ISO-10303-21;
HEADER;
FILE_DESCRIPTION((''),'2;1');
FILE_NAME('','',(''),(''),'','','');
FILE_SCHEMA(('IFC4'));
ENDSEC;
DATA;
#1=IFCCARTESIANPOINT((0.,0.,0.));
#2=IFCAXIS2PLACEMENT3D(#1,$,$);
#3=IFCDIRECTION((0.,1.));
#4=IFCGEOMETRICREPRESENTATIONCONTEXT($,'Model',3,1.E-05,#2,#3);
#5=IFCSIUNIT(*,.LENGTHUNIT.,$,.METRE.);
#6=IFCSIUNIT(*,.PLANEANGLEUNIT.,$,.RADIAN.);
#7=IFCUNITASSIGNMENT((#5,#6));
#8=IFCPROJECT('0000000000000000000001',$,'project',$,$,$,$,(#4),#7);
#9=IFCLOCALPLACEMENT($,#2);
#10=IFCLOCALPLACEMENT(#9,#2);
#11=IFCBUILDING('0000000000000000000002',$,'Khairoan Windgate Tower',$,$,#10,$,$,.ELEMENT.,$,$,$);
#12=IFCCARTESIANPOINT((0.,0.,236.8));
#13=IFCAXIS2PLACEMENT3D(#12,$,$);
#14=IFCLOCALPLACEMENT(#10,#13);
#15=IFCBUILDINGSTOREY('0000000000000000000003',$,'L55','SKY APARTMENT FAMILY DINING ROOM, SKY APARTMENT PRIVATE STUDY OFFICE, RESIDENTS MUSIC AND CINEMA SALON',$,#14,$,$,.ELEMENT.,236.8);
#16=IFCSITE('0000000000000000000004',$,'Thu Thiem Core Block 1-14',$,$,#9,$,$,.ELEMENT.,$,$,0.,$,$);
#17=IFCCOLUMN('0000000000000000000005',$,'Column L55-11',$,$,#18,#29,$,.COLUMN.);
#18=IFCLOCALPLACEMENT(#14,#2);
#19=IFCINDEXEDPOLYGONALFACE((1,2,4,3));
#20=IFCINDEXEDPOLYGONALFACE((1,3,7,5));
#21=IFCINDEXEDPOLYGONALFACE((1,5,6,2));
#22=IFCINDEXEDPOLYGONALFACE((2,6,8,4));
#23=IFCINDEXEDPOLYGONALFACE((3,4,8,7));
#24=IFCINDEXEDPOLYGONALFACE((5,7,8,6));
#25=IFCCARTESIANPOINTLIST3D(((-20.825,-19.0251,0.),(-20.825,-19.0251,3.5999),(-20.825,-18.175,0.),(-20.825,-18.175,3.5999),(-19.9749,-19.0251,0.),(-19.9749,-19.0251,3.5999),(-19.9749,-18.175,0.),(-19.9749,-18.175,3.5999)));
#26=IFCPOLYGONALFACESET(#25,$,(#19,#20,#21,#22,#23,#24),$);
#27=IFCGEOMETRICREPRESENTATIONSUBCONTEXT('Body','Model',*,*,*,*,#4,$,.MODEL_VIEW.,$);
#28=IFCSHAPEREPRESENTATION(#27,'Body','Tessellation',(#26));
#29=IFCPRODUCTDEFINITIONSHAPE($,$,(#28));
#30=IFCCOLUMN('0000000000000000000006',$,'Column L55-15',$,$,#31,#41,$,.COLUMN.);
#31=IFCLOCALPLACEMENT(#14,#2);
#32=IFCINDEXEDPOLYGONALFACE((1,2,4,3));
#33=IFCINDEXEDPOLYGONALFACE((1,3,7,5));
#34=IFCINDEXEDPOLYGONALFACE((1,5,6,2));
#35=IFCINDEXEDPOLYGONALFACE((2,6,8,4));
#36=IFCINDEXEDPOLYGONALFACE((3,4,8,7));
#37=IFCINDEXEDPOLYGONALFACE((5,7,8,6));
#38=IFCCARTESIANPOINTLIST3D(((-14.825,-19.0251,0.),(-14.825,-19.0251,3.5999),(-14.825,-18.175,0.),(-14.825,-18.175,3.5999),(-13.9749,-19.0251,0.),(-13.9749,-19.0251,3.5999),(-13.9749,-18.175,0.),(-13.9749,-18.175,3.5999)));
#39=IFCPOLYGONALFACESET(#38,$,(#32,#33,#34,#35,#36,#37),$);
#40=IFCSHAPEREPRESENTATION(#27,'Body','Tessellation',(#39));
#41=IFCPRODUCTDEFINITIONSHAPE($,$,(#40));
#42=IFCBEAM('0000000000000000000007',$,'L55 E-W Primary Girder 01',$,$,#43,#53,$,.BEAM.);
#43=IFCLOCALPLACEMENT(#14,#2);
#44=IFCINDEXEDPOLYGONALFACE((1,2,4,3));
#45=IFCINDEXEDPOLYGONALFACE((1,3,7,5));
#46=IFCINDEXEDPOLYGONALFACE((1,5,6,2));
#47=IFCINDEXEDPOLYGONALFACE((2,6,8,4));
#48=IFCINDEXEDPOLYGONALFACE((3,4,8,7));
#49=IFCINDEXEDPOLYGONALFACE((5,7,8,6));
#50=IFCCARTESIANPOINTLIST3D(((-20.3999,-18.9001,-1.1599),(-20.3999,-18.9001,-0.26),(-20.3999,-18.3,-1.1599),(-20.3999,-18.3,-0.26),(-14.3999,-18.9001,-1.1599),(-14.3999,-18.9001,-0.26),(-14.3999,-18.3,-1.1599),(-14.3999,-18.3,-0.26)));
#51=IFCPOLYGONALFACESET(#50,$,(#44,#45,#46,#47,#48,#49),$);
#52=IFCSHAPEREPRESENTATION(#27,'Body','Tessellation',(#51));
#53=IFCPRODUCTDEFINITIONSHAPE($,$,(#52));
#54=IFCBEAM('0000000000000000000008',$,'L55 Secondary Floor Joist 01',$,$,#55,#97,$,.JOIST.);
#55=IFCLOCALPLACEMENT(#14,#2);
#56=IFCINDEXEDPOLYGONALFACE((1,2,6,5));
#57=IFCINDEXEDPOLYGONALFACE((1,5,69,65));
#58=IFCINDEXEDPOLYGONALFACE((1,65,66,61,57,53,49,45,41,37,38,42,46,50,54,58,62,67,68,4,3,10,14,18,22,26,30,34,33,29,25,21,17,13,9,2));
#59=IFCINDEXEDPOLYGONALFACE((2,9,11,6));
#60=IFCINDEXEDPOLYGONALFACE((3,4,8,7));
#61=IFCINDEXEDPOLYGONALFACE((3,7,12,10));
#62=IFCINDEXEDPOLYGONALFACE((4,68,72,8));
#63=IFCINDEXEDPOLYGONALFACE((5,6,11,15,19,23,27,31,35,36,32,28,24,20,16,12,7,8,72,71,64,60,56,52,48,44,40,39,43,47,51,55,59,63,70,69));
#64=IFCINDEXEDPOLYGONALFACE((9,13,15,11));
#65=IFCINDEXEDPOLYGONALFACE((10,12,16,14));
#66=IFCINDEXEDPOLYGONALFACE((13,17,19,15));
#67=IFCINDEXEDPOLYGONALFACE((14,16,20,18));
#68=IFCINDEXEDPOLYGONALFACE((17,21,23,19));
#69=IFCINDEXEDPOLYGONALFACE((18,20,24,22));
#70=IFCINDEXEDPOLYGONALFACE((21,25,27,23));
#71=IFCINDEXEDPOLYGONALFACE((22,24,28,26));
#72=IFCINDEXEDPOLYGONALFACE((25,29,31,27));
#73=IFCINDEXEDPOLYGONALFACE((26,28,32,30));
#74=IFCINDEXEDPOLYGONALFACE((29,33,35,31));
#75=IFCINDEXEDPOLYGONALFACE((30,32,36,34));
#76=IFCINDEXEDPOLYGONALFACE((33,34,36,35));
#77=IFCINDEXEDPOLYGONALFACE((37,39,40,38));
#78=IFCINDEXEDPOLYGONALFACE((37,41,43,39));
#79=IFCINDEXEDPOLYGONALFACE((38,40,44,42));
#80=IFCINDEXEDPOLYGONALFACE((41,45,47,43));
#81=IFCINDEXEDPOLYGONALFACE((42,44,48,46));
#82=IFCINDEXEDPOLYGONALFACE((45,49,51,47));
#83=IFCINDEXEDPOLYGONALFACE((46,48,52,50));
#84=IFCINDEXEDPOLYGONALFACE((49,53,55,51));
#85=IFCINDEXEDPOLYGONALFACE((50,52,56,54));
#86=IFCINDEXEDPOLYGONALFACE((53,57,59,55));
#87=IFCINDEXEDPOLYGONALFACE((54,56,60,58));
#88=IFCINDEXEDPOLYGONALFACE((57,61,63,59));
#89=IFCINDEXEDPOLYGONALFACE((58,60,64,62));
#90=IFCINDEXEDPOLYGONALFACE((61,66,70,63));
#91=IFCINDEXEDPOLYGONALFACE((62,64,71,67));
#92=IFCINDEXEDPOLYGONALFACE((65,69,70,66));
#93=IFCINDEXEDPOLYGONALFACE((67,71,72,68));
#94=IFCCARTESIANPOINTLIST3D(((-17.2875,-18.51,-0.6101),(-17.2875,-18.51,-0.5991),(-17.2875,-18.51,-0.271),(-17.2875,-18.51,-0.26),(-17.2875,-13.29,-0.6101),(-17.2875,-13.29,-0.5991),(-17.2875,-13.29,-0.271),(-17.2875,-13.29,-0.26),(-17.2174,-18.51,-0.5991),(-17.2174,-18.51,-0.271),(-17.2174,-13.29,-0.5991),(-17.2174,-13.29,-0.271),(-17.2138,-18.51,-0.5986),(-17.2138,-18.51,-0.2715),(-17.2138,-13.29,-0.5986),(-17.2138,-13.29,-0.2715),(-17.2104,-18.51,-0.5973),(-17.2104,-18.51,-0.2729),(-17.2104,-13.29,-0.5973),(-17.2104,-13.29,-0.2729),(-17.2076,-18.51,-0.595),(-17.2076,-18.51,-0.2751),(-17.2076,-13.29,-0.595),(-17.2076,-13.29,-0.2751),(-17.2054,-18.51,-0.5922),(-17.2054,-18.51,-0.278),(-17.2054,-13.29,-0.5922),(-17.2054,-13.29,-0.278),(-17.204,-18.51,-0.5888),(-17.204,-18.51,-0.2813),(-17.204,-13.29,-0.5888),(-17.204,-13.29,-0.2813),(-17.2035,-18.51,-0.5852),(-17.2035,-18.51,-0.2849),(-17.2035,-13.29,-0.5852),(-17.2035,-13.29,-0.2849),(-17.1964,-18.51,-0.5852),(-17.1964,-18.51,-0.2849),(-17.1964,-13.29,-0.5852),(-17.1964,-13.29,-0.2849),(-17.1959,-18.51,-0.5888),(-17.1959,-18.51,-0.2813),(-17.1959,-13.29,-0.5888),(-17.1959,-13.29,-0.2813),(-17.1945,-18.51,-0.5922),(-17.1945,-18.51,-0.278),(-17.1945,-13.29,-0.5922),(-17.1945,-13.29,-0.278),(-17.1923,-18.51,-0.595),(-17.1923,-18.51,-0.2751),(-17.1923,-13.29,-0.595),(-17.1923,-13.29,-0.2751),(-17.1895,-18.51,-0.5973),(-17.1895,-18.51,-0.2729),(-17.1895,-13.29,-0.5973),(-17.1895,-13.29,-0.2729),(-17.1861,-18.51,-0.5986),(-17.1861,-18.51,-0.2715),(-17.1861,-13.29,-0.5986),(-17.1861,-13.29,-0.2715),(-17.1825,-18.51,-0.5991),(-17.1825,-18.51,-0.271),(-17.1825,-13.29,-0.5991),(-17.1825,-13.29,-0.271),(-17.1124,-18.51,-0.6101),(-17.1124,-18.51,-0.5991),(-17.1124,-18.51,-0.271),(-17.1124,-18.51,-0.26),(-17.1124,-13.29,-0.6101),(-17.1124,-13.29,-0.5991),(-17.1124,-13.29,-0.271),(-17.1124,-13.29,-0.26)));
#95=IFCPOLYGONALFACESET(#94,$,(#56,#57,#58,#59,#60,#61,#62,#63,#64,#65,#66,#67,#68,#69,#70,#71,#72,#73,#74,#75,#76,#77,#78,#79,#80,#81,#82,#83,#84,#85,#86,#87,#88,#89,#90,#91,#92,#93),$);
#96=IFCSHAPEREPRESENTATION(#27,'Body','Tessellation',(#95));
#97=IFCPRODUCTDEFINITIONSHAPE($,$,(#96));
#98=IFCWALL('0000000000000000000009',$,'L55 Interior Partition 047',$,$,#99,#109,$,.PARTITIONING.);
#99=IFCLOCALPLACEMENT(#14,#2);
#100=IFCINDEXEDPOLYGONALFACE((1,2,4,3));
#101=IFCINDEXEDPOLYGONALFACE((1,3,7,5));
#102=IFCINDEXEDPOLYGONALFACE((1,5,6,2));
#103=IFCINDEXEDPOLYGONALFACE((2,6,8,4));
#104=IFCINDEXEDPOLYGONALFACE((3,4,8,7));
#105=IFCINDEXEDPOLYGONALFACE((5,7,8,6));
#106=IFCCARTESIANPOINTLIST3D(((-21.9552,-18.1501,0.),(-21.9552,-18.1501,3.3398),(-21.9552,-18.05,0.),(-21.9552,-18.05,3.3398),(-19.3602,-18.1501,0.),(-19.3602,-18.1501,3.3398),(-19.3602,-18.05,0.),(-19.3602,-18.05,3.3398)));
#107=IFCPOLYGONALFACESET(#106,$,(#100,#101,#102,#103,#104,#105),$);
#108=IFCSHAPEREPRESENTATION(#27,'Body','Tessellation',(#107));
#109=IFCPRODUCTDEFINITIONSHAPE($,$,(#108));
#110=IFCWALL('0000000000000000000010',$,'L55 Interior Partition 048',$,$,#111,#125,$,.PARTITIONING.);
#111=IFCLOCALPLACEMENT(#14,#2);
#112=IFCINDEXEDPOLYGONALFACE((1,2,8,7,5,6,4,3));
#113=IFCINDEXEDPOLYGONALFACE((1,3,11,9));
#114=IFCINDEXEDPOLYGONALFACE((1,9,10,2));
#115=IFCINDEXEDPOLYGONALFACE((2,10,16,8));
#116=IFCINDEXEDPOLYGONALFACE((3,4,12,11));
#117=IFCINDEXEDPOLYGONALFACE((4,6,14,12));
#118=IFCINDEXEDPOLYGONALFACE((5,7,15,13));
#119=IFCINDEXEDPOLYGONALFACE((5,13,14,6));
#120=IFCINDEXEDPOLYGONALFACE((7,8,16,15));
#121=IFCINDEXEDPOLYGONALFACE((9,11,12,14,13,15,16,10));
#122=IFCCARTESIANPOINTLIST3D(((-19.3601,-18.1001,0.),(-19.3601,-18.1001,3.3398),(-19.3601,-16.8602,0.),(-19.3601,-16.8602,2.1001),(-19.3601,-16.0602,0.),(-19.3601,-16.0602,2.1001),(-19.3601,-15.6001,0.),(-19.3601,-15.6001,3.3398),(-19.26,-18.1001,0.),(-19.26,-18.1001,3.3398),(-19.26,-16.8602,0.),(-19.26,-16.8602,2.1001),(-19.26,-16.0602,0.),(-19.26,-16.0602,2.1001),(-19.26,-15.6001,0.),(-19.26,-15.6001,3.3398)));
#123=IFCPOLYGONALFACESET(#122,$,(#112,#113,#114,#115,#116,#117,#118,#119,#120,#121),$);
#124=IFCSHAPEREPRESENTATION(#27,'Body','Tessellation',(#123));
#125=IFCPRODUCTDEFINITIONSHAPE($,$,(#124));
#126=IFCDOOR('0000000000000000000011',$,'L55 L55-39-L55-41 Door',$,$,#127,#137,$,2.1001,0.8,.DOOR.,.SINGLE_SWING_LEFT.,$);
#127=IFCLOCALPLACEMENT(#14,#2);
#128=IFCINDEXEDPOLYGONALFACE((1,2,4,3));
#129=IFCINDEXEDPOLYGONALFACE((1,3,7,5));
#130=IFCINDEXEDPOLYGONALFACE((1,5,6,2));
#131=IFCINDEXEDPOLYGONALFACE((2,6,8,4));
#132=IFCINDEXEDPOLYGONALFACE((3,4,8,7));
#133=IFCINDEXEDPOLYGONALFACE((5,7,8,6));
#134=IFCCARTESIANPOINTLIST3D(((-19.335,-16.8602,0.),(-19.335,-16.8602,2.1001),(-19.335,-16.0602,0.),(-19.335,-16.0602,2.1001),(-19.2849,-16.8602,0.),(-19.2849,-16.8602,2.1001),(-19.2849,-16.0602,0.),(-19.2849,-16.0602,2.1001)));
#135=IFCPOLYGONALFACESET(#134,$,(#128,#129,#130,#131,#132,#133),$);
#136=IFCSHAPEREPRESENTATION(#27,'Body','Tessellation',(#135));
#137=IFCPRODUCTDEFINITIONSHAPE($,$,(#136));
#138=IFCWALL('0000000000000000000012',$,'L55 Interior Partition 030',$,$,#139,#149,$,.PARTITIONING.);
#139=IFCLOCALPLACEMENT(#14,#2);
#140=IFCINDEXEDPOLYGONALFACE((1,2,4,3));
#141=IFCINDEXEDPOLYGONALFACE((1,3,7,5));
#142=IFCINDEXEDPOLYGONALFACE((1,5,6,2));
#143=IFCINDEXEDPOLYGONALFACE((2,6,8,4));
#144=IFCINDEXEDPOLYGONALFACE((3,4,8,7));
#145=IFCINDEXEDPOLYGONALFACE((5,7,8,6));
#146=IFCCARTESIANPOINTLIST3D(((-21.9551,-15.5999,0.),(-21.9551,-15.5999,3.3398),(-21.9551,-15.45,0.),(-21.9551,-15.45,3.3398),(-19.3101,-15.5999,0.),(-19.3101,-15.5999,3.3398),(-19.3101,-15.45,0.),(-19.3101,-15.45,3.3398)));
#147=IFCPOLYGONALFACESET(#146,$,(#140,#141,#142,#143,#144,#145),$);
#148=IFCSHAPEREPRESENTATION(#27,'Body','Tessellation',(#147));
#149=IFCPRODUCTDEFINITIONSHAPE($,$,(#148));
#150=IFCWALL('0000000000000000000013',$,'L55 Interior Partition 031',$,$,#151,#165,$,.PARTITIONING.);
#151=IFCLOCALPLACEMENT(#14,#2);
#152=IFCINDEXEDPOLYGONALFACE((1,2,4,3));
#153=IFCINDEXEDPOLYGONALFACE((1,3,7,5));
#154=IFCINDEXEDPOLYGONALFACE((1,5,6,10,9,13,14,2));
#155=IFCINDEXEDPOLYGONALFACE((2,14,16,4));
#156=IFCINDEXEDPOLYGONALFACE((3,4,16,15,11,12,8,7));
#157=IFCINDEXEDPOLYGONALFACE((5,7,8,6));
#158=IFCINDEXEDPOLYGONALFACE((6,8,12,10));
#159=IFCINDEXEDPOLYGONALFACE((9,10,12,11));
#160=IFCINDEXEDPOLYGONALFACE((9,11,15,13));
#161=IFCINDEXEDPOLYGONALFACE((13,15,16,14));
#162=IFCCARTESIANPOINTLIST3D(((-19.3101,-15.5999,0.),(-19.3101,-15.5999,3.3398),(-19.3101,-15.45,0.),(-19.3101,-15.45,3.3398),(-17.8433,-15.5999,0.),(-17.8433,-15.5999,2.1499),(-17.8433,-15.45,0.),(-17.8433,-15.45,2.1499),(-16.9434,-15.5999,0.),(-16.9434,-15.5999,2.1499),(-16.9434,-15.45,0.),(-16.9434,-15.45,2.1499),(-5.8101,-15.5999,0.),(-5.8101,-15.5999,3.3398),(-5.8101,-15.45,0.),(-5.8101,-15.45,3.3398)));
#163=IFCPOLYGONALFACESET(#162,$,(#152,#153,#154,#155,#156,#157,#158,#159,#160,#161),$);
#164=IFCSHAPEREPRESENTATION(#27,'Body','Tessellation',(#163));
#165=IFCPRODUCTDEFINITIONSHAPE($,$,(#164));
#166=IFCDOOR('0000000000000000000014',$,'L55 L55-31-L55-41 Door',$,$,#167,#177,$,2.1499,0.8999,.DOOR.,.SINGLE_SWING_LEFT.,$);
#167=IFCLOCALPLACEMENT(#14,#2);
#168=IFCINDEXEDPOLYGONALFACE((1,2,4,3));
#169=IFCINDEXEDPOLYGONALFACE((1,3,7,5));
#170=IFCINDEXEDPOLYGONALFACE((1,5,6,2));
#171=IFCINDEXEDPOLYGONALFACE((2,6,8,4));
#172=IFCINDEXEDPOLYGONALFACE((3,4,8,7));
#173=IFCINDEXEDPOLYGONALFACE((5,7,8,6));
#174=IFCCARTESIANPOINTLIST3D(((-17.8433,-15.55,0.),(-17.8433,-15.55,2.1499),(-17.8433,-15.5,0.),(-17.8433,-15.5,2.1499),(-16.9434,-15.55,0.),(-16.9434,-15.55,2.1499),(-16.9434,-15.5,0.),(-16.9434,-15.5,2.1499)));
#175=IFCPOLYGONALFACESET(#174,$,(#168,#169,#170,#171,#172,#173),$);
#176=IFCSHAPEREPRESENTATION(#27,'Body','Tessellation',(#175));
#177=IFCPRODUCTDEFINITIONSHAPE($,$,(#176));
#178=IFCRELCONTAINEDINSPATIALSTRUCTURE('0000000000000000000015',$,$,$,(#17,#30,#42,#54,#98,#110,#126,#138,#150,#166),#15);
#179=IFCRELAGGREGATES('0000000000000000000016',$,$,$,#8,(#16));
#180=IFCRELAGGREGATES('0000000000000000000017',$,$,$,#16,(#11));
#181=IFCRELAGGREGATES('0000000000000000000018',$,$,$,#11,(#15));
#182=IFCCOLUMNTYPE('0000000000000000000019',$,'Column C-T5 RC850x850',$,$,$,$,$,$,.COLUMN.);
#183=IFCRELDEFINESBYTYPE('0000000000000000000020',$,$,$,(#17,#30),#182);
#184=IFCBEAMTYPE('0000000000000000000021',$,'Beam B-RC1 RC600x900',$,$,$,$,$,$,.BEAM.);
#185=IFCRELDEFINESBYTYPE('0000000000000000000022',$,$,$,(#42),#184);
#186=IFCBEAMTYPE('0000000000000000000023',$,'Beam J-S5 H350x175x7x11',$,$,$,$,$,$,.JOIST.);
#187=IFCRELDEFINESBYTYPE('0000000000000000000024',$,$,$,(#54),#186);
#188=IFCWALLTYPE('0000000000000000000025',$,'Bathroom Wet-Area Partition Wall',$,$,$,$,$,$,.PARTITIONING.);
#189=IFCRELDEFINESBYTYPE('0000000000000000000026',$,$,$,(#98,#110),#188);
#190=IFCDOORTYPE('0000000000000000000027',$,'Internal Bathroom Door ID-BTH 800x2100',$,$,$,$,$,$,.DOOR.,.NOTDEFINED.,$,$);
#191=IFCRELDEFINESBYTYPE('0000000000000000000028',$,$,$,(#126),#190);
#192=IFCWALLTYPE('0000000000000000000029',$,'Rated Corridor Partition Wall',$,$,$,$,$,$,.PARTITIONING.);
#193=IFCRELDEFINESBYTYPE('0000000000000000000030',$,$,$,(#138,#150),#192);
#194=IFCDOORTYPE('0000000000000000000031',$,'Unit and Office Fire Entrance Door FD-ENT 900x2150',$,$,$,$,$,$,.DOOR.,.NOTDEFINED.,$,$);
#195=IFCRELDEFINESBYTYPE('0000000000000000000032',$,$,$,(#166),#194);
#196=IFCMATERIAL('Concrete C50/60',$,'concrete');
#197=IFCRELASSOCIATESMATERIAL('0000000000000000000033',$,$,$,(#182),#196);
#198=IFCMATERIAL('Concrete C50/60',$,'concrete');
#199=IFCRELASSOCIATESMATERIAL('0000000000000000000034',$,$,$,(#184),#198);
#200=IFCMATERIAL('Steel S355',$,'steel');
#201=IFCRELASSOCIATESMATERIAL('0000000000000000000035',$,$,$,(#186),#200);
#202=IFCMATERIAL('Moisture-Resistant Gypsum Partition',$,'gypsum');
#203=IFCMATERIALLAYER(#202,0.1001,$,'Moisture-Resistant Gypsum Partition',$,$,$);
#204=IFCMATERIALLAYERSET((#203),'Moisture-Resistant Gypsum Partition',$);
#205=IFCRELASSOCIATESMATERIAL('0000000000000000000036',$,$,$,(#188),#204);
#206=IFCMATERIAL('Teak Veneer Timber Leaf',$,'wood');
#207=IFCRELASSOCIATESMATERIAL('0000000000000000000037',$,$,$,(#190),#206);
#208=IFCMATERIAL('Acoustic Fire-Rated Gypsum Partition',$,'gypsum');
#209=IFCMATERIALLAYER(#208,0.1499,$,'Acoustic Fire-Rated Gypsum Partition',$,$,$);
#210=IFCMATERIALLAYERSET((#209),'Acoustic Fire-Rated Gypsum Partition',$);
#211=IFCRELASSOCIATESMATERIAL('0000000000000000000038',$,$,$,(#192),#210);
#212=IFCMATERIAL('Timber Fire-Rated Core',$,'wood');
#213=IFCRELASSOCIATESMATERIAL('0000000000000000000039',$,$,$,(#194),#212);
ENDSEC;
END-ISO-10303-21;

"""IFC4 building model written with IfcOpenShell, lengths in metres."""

from ifc_helpers import new_model, si_unit, direction, frame, frame_2d, origin, origin_2d, place, context, subcontext, project, spatial, rectangle, i_section, extrude, material, layer, layer_set, material_profile, profile_set, type_object, element, fill, save


model = new_model("IFC4")

# Units and contexts
model_context = context("Model", 3, precision=1e-05, world=origin(), true_north=direction((0.0, 1.0)))
body_context = subcontext(model_context, "Body", "Model", "MODEL_VIEW")
ifc_project = project(units=[si_unit("LENGTHUNIT", "METRE"), si_unit("PLANEANGLEUNIT", "RADIAN")], contexts=[model_context])

# Site, building, storey
site_placement = place(None, origin())
site = spatial("IfcSite", under=ifc_project, at=site_placement, Name="Thu Thiem Core Block 1-14", CompositionType="ELEMENT", RefElevation=0.0)
building_placement = place(site_placement, origin())
building = spatial("IfcBuilding", under=site, at=building_placement, Name="Khairoan Windgate Tower", CompositionType="ELEMENT")
storey_placement = place(building_placement, frame((0.0, 0.0, 236.8)))
storey = spatial("IfcBuildingStorey", under=building, at=storey_placement, Name="L55", Description="SKY APARTMENT FAMILY DINING ROOM, SKY APARTMENT PRIVATE STUDY OFFICE, RESIDENTS MUSIC AND CINEMA SALON", CompositionType="ELEMENT", Elevation=236.8)

# Columns
ifc_material_1 = material(Name="Concrete C50/60", Category="concrete")
ifc_material_profile_1 = material_profile(ifc_material_1, rectangle(XDim=0.8501, YDim=0.8501, at=origin_2d()))
ifc_profile_set_1 = profile_set([ifc_material_profile_1], Name="Concrete C50/60")
column_type = type_object("IfcColumnType", Name="Column C-T5 RC850x850", PredefinedType="COLUMN", material=ifc_profile_set_1)
for number, where, z_axis, x_axis, name in (
    (1, (-20.3999, -18.6001, 0.0), (0.0, 0.0, 1.0), (1.0, 0.0, 0.0), "Column L55-11"),
    (2, (-14.3999, -18.6001, 0.0), (0.0, 0.0, 1.0), (1.0, 0.0, 0.0), "Column L55-15"),
):
    element("IfcColumn", number, at=place(storey_placement, frame(where, z_axis=z_axis, x_axis=x_axis)), inside=storey, type_object=column_type, Name=name, PredefinedType="COLUMN", context=body_context, shape_type="SweptSolid", body=[
        extrude(rectangle(XDim=0.8501, YDim=0.8501, at=origin_2d()), origin(), (0.0, 0.0, 1.0), 3.5999),
    ])

# Beams
ifc_material_2 = material(Name="Concrete C50/60", Category="concrete")
ifc_material_profile_2 = material_profile(ifc_material_2, rectangle(XDim=0.6001, YDim=0.8999, at=origin_2d()))
ifc_profile_set_2 = profile_set([ifc_material_profile_2], Name="Concrete C50/60")
beam_type_1 = type_object("IfcBeamType", Name="Beam B-RC1 RC600x900", PredefinedType="BEAM", material=ifc_profile_set_2)
beam_1_placement = place(storey_placement, frame((-20.3999, -18.6001, -0.71), z_axis=(1.0, 0.0, 0.0), x_axis=(0.0, 1.0, 0.0)))
element("IfcBeam", 3, at=beam_1_placement, inside=storey, type_object=beam_type_1, Name="L55 E-W Primary Girder 01", PredefinedType="BEAM", context=body_context, shape_type="SweptSolid", body=[
    extrude(rectangle(XDim=0.6001, YDim=0.8999, at=origin_2d()), origin(), (0.0, 0.0, 1.0), 6.0),
])
ifc_material_3 = material(Name="Steel S355", Category="steel")
ifc_material_profile_3 = material_profile(ifc_material_3, i_section(OverallWidth=0.175, OverallDepth=0.3501, WebThickness=0.0071, FlangeThickness=0.011, FilletRadius=0.0139, at=origin_2d()))
ifc_profile_set_3 = profile_set([ifc_material_profile_3], Name="Steel S355")
beam_type_2 = type_object("IfcBeamType", Name="Beam J-S5 H350x175x7x11", PredefinedType="JOIST", material=ifc_profile_set_3)
beam_2_placement = place(storey_placement, frame((-17.2, -18.51, -0.4351), z_axis=(0.0, 1.0, 0.0), x_axis=(-1.0, 0.0, 0.0)))
element("IfcBeam", 4, at=beam_2_placement, inside=storey, type_object=beam_type_2, Name="L55 Secondary Floor Joist 01", PredefinedType="JOIST", context=body_context, shape_type="SweptSolid", body=[
    extrude(i_section(OverallWidth=0.175, OverallDepth=0.3501, WebThickness=0.0071, FlangeThickness=0.011, FilletRadius=0.0139, at=origin_2d()), origin(), (0.0, 0.0, 1.0), 5.22),
])

# Wall
ifc_material_4 = material(Name="Moisture-Resistant Gypsum Partition", Category="gypsum")
ifc_layer_1 = layer(ifc_material_4, 0.1001, Name="Moisture-Resistant Gypsum Partition")
ifc_layer_set_1 = layer_set([ifc_layer_1], Name="Moisture-Resistant Gypsum Partition")
wall_type_1 = type_object("IfcWallType", Name="Bathroom Wet-Area Partition Wall", PredefinedType="PARTITIONING", material=ifc_layer_set_1)
wall_1_placement = place(storey_placement, frame((-21.9551, -18.1001, 0.0), z_axis=(0.0, 0.0, 1.0), x_axis=(1.0, 0.0, 0.0)))
element("IfcWall", 5, at=wall_1_placement, inside=storey, type_object=wall_type_1, Name="L55 Interior Partition 047", PredefinedType="PARTITIONING", context=body_context, shape_type="SweptSolid", body=[
    extrude(rectangle(XDim=2.595, YDim=0.1001, at=frame_2d((1.2974, 0.0))), origin(), (0.0, 0.0, 1.0), 3.3398),
])

# Wall, opening, door
wall_2_placement = place(storey_placement, frame((-19.3101, -18.1001, 0.0), z_axis=(0.0, 0.0, 1.0), x_axis=(0.0, 1.0, 0.0)))
wall_2 = element("IfcWall", 6, at=wall_2_placement, inside=storey, type_object=wall_type_1, Name="L55 Interior Partition 048", PredefinedType="PARTITIONING", context=body_context, shape_type="SweptSolid", body=[
    extrude(rectangle(XDim=2.5, YDim=0.1001, at=frame_2d((1.25, 0.0))), origin(), (0.0, 0.0, 1.0), 3.3398),
])
opening_1_placement = place(wall_2_placement, frame((1.24, 0.0, 0.0)))
opening_1 = element("IfcOpeningElement", 7, at=opening_1_placement, cuts=wall_2, PredefinedType="OPENING", context=body_context, shape_type="SweptSolid", body=[
    extrude(rectangle(XDim=0.8, YDim=2.1001, at=frame_2d((0.3999, 1.05))), frame((0.0, 0.0601, 0.0), z_axis=(0.0, -1.0, 0.0), x_axis=(1.0, 0.0, 0.0)), (0.0, 0.0, 1.0), 0.1201),
])
ifc_material_5 = material(Name="Teak Veneer Timber Leaf", Category="wood")
door_type_1 = type_object("IfcDoorType", Name="Internal Bathroom Door ID-BTH 800x2100", OperationType="NOTDEFINED", PredefinedType="DOOR", material=ifc_material_5)
door_1_placement = place(opening_1_placement, origin())
door_1 = element("IfcDoor", 8, at=door_1_placement, inside=storey, type_object=door_type_1, Name="L55 L55-39-L55-41 Door", OperationType="SINGLE_SWING_LEFT", OverallHeight=2.1001, OverallWidth=0.8, PredefinedType="DOOR", context=body_context, shape_type="SweptSolid", body=[
    extrude(rectangle(XDim=0.8, YDim=2.1001, at=frame_2d((0.3999, 1.05))), frame((0.0, 0.0249, 0.0), z_axis=(0.0, -1.0, 0.0), x_axis=(1.0, 0.0, 0.0)), (0.0, 0.0, 1.0), 0.05),
])
fill(opening_1, door_1)

# Wall
ifc_material_6 = material(Name="Acoustic Fire-Rated Gypsum Partition", Category="gypsum")
ifc_layer_2 = layer(ifc_material_6, 0.1499, Name="Acoustic Fire-Rated Gypsum Partition")
ifc_layer_set_2 = layer_set([ifc_layer_2], Name="Acoustic Fire-Rated Gypsum Partition")
wall_type_2 = type_object("IfcWallType", Name="Rated Corridor Partition Wall", PredefinedType="PARTITIONING", material=ifc_layer_set_2)
wall_3_placement = place(storey_placement, frame((-21.9551, -15.5249, 0.0), z_axis=(0.0, 0.0, 1.0), x_axis=(1.0, 0.0, 0.0)))
element("IfcWall", 9, at=wall_3_placement, inside=storey, type_object=wall_type_2, Name="L55 Interior Partition 030", PredefinedType="PARTITIONING", context=body_context, shape_type="SweptSolid", body=[
    extrude(rectangle(XDim=2.645, YDim=0.1499, at=frame_2d((1.3225, 0.0))), origin(), (0.0, 0.0, 1.0), 3.3398),
])

# Wall, opening, door
wall_4_placement = place(storey_placement, frame((-19.3101, -15.5249, 0.0), z_axis=(0.0, 0.0, 1.0), x_axis=(1.0, 0.0, 0.0)))
wall_4 = element("IfcWall", 10, at=wall_4_placement, inside=storey, type_object=wall_type_2, Name="L55 Interior Partition 031", PredefinedType="PARTITIONING", context=body_context, shape_type="SweptSolid", body=[
    extrude(rectangle(XDim=13.5, YDim=0.1499, at=frame_2d((6.75, 0.0))), origin(), (0.0, 0.0, 1.0), 3.3398),
])
opening_2_placement = place(wall_4_placement, frame((1.4668, 0.0, 0.0)))
opening_2 = element("IfcOpeningElement", 11, at=opening_2_placement, cuts=wall_4, PredefinedType="OPENING", context=body_context, shape_type="SweptSolid", body=[
    extrude(rectangle(XDim=0.8999, YDim=2.1499, at=frame_2d((0.45, 1.075))), frame((0.0, 0.085, 0.0), z_axis=(0.0, -1.0, 0.0), x_axis=(1.0, 0.0, 0.0)), (0.0, 0.0, 1.0), 0.1699),
])
ifc_material_7 = material(Name="Timber Fire-Rated Core", Category="wood")
door_type_2 = type_object("IfcDoorType", Name="Unit and Office Fire Entrance Door FD-ENT 900x2150", OperationType="NOTDEFINED", PredefinedType="DOOR", material=ifc_material_7)
door_2_placement = place(opening_2_placement, origin())
door_2 = element("IfcDoor", 12, at=door_2_placement, inside=storey, type_object=door_type_2, Name="L55 L55-31-L55-41 Door", OperationType="SINGLE_SWING_LEFT", OverallHeight=2.1499, OverallWidth=0.8999, PredefinedType="DOOR", context=body_context, shape_type="SweptSolid", body=[
    extrude(rectangle(XDim=0.8999, YDim=2.1499, at=frame_2d((0.45, 1.075))), frame((0.0, 0.0249, 0.0), z_axis=(0.0, -1.0, 0.0), x_axis=(1.0, 0.0, 0.0)), (0.0, 0.0, 1.0), 0.05),
])
fill(opening_2, door_2)

save(model, "model.ifc")
